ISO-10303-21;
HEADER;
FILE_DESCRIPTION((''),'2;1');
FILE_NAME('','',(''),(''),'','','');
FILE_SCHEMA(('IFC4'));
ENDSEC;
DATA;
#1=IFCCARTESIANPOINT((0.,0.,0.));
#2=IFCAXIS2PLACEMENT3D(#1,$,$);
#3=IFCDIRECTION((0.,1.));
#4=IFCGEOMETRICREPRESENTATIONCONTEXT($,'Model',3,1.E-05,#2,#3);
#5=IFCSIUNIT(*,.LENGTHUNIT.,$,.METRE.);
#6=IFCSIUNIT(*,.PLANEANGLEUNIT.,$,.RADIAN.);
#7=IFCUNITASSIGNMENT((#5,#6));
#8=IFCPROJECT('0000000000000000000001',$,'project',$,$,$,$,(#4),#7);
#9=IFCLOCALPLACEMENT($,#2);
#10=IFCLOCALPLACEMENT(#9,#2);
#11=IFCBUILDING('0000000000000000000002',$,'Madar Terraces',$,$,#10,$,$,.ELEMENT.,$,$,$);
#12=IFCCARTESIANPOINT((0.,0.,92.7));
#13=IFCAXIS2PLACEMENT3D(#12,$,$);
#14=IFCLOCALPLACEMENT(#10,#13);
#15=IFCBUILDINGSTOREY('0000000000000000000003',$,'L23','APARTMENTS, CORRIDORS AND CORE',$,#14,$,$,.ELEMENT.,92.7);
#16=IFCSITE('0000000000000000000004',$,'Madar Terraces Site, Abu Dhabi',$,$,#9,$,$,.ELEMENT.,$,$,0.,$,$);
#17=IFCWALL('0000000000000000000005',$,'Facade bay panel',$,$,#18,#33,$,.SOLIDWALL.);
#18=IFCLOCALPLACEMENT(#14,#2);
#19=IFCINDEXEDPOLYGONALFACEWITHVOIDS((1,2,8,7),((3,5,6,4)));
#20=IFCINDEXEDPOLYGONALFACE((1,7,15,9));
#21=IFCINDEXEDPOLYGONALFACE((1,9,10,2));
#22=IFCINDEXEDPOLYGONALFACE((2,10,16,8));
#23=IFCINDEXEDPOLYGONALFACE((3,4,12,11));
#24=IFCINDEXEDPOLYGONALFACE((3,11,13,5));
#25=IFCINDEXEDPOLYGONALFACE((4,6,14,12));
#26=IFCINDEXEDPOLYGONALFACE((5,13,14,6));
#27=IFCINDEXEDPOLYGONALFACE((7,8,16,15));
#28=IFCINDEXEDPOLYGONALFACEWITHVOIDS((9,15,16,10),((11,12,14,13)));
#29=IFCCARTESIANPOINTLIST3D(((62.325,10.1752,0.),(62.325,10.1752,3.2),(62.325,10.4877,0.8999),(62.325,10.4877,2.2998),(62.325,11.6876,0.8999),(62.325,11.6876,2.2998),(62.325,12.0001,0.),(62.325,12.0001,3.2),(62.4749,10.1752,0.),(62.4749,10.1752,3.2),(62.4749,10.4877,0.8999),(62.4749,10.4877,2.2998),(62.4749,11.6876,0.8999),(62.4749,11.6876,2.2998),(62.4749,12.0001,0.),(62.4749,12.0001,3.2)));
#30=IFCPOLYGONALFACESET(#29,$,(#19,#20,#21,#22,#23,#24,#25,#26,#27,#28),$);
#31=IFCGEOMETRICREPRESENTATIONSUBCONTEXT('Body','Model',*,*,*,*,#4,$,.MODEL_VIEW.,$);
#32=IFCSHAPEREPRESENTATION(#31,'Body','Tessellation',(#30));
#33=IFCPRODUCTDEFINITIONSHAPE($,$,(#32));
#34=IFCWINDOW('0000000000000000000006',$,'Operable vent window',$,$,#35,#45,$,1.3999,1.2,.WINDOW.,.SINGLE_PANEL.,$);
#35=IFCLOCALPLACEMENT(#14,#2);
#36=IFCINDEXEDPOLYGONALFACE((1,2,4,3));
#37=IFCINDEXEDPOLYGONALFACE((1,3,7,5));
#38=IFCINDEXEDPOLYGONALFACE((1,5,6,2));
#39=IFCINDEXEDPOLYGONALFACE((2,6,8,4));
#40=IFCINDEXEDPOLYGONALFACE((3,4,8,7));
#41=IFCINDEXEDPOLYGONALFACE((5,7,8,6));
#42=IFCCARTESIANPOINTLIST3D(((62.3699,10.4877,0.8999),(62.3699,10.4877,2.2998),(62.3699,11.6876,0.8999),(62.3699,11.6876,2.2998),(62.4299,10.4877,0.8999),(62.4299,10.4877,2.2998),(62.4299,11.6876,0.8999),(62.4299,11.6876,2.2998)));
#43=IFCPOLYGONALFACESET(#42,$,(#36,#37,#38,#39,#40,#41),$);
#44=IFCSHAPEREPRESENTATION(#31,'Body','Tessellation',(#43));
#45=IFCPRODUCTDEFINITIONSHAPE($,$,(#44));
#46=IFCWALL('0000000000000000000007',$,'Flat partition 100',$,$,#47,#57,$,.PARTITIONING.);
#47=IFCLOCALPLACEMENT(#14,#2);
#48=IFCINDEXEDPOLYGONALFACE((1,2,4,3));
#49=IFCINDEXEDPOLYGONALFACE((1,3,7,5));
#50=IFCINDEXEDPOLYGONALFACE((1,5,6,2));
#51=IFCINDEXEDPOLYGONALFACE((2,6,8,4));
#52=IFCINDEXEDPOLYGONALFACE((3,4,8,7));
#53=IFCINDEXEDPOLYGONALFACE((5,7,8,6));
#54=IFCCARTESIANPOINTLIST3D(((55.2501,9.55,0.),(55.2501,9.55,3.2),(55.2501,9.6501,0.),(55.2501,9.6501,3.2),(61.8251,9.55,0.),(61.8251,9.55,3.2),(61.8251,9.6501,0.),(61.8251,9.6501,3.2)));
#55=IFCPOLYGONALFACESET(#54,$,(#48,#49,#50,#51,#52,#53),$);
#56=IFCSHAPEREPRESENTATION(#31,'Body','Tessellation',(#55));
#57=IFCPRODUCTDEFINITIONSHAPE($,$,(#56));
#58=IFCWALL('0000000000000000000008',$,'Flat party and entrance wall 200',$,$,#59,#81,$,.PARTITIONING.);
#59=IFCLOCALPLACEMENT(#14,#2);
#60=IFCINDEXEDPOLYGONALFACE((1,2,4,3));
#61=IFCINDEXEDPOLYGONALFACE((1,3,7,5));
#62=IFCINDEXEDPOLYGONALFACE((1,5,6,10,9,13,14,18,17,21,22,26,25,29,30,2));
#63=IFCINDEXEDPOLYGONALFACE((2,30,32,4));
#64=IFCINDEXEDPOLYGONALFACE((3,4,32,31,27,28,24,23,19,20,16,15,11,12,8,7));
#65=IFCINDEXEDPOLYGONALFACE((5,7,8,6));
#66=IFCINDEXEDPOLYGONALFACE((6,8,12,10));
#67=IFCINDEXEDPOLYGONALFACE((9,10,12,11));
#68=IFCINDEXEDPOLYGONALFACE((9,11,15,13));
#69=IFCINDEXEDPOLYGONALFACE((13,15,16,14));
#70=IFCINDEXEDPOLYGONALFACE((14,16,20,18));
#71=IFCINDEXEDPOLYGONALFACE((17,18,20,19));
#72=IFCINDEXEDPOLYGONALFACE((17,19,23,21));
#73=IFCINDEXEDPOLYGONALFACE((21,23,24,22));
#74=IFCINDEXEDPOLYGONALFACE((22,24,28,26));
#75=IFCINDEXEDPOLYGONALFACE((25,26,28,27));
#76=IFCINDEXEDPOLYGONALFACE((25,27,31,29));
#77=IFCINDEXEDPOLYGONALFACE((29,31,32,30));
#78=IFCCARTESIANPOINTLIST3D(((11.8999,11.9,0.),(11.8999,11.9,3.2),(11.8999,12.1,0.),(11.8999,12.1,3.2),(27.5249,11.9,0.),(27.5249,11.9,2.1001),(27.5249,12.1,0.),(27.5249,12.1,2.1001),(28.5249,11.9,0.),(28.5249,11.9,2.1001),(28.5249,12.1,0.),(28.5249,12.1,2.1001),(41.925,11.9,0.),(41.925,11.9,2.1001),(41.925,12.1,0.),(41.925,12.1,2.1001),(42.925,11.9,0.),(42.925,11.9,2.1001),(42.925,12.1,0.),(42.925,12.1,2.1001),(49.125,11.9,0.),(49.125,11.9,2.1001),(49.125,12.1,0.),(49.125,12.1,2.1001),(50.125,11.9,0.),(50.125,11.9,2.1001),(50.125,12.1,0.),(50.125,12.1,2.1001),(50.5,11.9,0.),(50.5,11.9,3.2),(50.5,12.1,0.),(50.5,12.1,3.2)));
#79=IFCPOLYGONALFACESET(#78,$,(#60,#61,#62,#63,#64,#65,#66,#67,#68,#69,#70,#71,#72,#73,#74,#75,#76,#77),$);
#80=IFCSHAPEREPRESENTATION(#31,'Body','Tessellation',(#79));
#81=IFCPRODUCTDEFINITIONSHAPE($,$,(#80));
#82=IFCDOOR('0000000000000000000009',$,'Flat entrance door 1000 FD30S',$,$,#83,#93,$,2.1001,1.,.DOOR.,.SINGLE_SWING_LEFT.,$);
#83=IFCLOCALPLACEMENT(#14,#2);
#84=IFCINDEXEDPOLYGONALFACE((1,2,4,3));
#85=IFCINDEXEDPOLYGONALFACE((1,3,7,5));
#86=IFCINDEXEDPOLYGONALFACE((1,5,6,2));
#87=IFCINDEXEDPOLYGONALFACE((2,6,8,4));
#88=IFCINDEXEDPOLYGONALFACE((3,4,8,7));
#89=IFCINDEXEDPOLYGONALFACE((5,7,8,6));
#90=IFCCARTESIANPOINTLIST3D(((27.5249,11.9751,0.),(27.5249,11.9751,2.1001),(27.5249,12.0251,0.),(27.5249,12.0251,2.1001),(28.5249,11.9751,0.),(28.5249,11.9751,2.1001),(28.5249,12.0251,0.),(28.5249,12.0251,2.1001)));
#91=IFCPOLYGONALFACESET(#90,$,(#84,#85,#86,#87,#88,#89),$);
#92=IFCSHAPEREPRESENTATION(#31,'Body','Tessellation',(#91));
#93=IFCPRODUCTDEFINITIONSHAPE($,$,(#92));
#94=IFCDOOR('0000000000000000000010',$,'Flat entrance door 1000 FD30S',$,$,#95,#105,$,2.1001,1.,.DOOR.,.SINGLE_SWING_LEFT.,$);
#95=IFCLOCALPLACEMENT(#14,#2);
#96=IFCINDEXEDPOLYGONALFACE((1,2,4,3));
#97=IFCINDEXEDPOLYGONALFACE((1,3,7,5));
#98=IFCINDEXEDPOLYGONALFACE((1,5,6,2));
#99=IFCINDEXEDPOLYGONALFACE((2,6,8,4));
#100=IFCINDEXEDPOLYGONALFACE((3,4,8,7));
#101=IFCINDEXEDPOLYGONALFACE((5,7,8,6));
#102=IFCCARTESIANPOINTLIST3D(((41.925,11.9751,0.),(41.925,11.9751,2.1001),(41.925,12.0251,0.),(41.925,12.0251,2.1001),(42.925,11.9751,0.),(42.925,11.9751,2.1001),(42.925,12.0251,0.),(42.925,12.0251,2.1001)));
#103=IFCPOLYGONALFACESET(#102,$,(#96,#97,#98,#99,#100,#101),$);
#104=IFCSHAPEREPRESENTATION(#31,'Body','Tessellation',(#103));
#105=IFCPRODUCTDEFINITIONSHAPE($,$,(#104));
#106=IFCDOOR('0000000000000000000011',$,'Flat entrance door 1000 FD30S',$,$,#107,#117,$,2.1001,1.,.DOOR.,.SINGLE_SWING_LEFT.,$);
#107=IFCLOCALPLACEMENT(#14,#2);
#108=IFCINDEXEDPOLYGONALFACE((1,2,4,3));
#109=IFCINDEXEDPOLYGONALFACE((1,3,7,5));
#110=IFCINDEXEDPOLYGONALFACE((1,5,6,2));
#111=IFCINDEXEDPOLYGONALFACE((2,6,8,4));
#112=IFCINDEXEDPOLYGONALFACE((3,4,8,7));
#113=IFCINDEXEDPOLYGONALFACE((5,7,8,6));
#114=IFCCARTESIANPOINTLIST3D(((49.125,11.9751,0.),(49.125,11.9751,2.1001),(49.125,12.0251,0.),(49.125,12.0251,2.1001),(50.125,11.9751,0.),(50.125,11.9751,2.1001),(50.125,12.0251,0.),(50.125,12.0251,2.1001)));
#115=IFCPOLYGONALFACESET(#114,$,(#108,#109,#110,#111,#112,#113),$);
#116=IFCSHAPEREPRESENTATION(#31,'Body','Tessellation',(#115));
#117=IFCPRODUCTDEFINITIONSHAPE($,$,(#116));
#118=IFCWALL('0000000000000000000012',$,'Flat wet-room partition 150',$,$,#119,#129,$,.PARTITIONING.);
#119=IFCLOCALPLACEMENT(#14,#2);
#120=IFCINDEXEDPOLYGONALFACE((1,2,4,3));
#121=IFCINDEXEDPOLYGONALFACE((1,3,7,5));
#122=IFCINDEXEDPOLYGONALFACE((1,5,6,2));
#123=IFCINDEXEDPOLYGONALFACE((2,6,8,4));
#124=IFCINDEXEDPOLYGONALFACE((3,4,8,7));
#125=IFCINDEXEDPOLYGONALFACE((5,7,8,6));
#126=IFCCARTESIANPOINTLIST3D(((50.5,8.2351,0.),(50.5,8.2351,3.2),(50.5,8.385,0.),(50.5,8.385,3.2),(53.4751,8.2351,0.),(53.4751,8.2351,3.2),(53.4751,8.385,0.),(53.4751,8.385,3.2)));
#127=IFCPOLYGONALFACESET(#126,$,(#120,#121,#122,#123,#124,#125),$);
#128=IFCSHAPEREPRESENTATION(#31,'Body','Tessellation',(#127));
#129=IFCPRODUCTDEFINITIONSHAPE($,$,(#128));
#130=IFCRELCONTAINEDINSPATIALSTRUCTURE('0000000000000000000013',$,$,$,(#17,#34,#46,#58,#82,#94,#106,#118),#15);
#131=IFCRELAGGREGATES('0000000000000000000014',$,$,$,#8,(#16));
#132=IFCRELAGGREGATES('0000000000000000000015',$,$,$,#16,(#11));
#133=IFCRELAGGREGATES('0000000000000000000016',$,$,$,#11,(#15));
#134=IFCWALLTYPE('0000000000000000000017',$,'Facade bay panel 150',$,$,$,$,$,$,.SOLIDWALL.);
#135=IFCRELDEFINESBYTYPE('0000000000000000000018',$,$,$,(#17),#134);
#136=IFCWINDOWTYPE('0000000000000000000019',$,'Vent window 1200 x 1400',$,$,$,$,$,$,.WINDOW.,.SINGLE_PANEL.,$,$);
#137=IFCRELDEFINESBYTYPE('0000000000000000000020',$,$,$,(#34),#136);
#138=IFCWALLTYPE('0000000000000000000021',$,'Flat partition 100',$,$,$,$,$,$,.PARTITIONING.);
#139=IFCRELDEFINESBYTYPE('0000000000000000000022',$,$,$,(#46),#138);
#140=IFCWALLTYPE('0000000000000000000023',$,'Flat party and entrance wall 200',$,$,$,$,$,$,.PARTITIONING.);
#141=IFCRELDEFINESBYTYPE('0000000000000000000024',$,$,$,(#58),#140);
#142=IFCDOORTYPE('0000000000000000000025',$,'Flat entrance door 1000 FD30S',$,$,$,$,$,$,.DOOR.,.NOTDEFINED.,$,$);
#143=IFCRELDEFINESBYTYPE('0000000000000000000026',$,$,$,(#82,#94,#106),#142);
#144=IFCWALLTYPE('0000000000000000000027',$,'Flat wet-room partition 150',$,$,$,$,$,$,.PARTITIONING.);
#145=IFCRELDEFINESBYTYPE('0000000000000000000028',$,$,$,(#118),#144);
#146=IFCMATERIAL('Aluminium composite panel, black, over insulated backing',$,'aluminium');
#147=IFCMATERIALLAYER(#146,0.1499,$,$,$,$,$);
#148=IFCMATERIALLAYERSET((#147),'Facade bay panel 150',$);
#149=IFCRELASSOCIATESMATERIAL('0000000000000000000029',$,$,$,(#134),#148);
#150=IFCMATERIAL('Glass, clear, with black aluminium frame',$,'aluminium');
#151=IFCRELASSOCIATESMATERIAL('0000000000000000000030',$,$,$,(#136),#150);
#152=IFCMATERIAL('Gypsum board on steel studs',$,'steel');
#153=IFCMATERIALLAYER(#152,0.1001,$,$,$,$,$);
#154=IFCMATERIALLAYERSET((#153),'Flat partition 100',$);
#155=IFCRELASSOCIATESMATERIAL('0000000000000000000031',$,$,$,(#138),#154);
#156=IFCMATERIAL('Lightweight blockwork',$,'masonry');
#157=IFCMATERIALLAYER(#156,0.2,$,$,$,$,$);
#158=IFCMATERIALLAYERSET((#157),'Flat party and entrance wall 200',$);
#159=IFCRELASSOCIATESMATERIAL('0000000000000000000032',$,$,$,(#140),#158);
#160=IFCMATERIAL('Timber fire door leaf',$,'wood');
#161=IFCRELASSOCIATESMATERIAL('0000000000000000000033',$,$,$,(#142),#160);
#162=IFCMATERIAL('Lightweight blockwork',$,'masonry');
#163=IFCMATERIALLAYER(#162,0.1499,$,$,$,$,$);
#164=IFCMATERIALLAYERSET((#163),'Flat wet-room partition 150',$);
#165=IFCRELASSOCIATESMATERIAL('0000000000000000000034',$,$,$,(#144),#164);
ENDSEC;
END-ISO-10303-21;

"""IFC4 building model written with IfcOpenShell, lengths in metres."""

from ifc_helpers import new_model, si_unit, direction, frame, frame_2d, origin, place, context, subcontext, project, spatial, rectangle, extrude, material, layer, layer_set, type_object, element, fill, save


model = new_model("IFC4")

# Units and contexts
model_context = context("Model", 3, precision=1e-05, world=origin(), true_north=direction((0.0, 1.0)))
body_context = subcontext(model_context, "Body", "Model", "MODEL_VIEW")
ifc_project = project(units=[si_unit("LENGTHUNIT", "METRE"), si_unit("PLANEANGLEUNIT", "RADIAN")], contexts=[model_context])

# Site, building, storey
site_placement = place(None, origin())
site = spatial("IfcSite", under=ifc_project, at=site_placement, Name="Madar Terraces Site, Abu Dhabi", CompositionType="ELEMENT", RefElevation=0.0)
building_placement = place(site_placement, origin())
building = spatial("IfcBuilding", under=site, at=building_placement, Name="Madar Terraces", CompositionType="ELEMENT")
storey_placement = place(building_placement, frame((0.0, 0.0, 92.7)))
storey = spatial("IfcBuildingStorey", under=building, at=storey_placement, Name="L23", Description="APARTMENTS, CORRIDORS AND CORE", CompositionType="ELEMENT", Elevation=92.7)

# Wall, opening, window
ifc_material_1 = material(Name="Aluminium composite panel, black, over insulated backing", Category="aluminium")
ifc_layer_1 = layer(ifc_material_1, 0.1499)
ifc_layer_set_1 = layer_set([ifc_layer_1], Name="Facade bay panel 150")
wall_type_1 = type_object("IfcWallType", Name="Facade bay panel 150", PredefinedType="SOLIDWALL", material=ifc_layer_set_1)
wall_1_placement = place(storey_placement, frame((62.3999, 10.175, 0.0), z_axis=(0.0, 0.0, 1.0), x_axis=(0.0, 1.0, 0.0)))
wall_1 = element("IfcWall", 1, at=wall_1_placement, inside=storey, type_object=wall_type_1, Name="Facade bay panel", PredefinedType="SOLIDWALL", context=body_context, shape_type="SweptSolid", body=[
    extrude(rectangle(XDim=1.825, YDim=0.1499, at=frame_2d((0.9126, 0.0))), origin(), (0.0, 0.0, 1.0), 3.2),
])
opening_1_placement = place(wall_1_placement, frame((0.3125, 0.0, 0.8999)))
opening_1 = element("IfcOpeningElement", 2, at=opening_1_placement, cuts=wall_1, PredefinedType="OPENING", context=body_context, shape_type="SweptSolid", body=[
    extrude(rectangle(XDim=1.2, YDim=1.3999, at=frame_2d((0.6001, 0.7))), frame((0.0, 0.085, 0.0), z_axis=(0.0, -1.0, 0.0), x_axis=(1.0, 0.0, 0.0)), (0.0, 0.0, 1.0), 0.1699),
])
ifc_material_2 = material(Name="Glass, clear, with black aluminium frame", Category="aluminium")
window_type = type_object("IfcWindowType", Name="Vent window 1200 x 1400", PartitioningType="SINGLE_PANEL", PredefinedType="WINDOW", material=ifc_material_2)
window_placement = place(opening_1_placement, origin())
window = element("IfcWindow", 3, at=window_placement, inside=storey, type_object=window_type, Name="Operable vent window", OverallHeight=1.3999, OverallWidth=1.2, PartitioningType="SINGLE_PANEL", PredefinedType="WINDOW", context=body_context, shape_type="SweptSolid", body=[
    extrude(rectangle(XDim=1.2, YDim=1.3999, at=frame_2d((0.6001, 0.7))), frame((0.0, 0.03, 0.0), z_axis=(0.0, -1.0, 0.0), x_axis=(1.0, 0.0, 0.0)), (0.0, 0.0, 1.0), 0.0601),
])
fill(opening_1, window)

# Wall
ifc_material_3 = material(Name="Gypsum board on steel studs", Category="steel")
ifc_layer_2 = layer(ifc_material_3, 0.1001)
ifc_layer_set_2 = layer_set([ifc_layer_2], Name="Flat partition 100")
wall_type_2 = type_object("IfcWallType", Name="Flat partition 100", PredefinedType="PARTITIONING", material=ifc_layer_set_2)
wall_2_placement = place(storey_placement, frame((55.25, 9.6001, 0.0), z_axis=(0.0, 0.0, 1.0), x_axis=(1.0, 0.0, 0.0)))
element("IfcWall", 4, at=wall_2_placement, inside=storey, type_object=wall_type_2, Name="Flat partition 100", PredefinedType="PARTITIONING", context=body_context, shape_type="SweptSolid", body=[
    extrude(rectangle(XDim=6.575, YDim=0.1001, at=frame_2d((3.2876, 0.0))), origin(), (0.0, 0.0, 1.0), 3.2),
])

# Wall, openings, doors
ifc_material_4 = material(Name="Lightweight blockwork", Category="masonry")
ifc_layer_3 = layer(ifc_material_4, 0.2)
ifc_layer_set_3 = layer_set([ifc_layer_3], Name="Flat party and entrance wall 200")
wall_type_3 = type_object("IfcWallType", Name="Flat party and entrance wall 200", PredefinedType="PARTITIONING", material=ifc_layer_set_3)
wall_3_placement = place(storey_placement, frame((50.5, 12.0, 0.0), z_axis=(0.0, 0.0, 1.0), x_axis=(-1.0, 0.0, 0.0)))
wall_3 = element("IfcWall", 5, at=wall_3_placement, inside=storey, type_object=wall_type_3, Name="Flat party and entrance wall 200", PredefinedType="PARTITIONING", context=body_context, shape_type="SweptSolid", body=[
    extrude(rectangle(XDim=38.6001, YDim=0.2, at=frame_2d((19.3, 0.0))), origin(), (0.0, 0.0, 1.0), 3.2),
])
opening_2_placement = place(wall_3_placement, frame((21.9751, 0.0, 0.0)))
opening_2 = element("IfcOpeningElement", 6, at=opening_2_placement, cuts=wall_3, PredefinedType="OPENING", context=body_context, shape_type="SweptSolid", body=[
    extrude(rectangle(XDim=1.0, YDim=2.1001, at=frame_2d((0.5, 1.05))), frame((0.0, 0.1099, 0.0), z_axis=(0.0, -1.0, 0.0), x_axis=(1.0, 0.0, 0.0)), (0.0, 0.0, 1.0), 0.22),
])
opening_3_placement = place(wall_3_placement, frame((7.575, 0.0, 0.0)))
opening_3 = element("IfcOpeningElement", 7, at=opening_3_placement, cuts=wall_3, PredefinedType="OPENING", context=body_context, shape_type="SweptSolid", body=[
    extrude(rectangle(XDim=1.0, YDim=2.1001, at=frame_2d((0.5, 1.05))), frame((0.0, 0.1099, 0.0), z_axis=(0.0, -1.0, 0.0), x_axis=(1.0, 0.0, 0.0)), (0.0, 0.0, 1.0), 0.22),
])
opening_4_placement = place(wall_3_placement, frame((0.375, 0.0, 0.0)))
opening_4 = element("IfcOpeningElement", 8, at=opening_4_placement, cuts=wall_3, PredefinedType="OPENING", context=body_context, shape_type="SweptSolid", body=[
    extrude(rectangle(XDim=1.0, YDim=2.1001, at=frame_2d((0.5, 1.05))), frame((0.0, 0.1099, 0.0), z_axis=(0.0, -1.0, 0.0), x_axis=(1.0, 0.0, 0.0)), (0.0, 0.0, 1.0), 0.22),
])
ifc_material_5 = material(Name="Timber fire door leaf", Category="wood")
door_type_1 = type_object("IfcDoorType", Name="Flat entrance door 1000 FD30S", OperationType="NOTDEFINED", PredefinedType="DOOR", material=ifc_material_5)
door_1_placement = place(opening_2_placement, origin())
door_1 = element("IfcDoor", 9, at=door_1_placement, inside=storey, type_object=door_type_1, Name="Flat entrance door 1000 FD30S", OperationType="SINGLE_SWING_LEFT", OverallHeight=2.1001, OverallWidth=1.0, PredefinedType="DOOR", context=body_context, shape_type="SweptSolid", body=[
    extrude(rectangle(XDim=1.0, YDim=2.1001, at=frame_2d((0.5, 1.05))), frame((0.0, 0.0249, 0.0), z_axis=(0.0, -1.0, 0.0), x_axis=(1.0, 0.0, 0.0)), (0.0, 0.0, 1.0), 0.05),
])
fill(opening_2, door_1)
door_2_placement = place(opening_3_placement, origin())
door_2 = element("IfcDoor", 10, at=door_2_placement, inside=storey, type_object=door_type_1, Name="Flat entrance door 1000 FD30S", OperationType="SINGLE_SWING_LEFT", OverallHeight=2.1001, OverallWidth=1.0, PredefinedType="DOOR", context=body_context, shape_type="SweptSolid", body=[
    extrude(rectangle(XDim=1.0, YDim=2.1001, at=frame_2d((0.5, 1.05))), frame((0.0, 0.0249, 0.0), z_axis=(0.0, -1.0, 0.0), x_axis=(1.0, 0.0, 0.0)), (0.0, 0.0, 1.0), 0.05),
])
fill(opening_3, door_2)
door_3_placement = place(opening_4_placement, origin())
door_3 = element("IfcDoor", 11, at=door_3_placement, inside=storey, type_object=door_type_1, Name="Flat entrance door 1000 FD30S", OperationType="SINGLE_SWING_LEFT", OverallHeight=2.1001, OverallWidth=1.0, PredefinedType="DOOR", context=body_context, shape_type="SweptSolid", body=[
    extrude(rectangle(XDim=1.0, YDim=2.1001, at=frame_2d((0.5, 1.05))), frame((0.0, 0.0249, 0.0), z_axis=(0.0, -1.0, 0.0), x_axis=(1.0, 0.0, 0.0)), (0.0, 0.0, 1.0), 0.05),
])
fill(opening_4, door_3)

# Wall
ifc_material_6 = material(Name="Lightweight blockwork", Category="masonry")
ifc_layer_4 = layer(ifc_material_6, 0.1499)
ifc_layer_set_4 = layer_set([ifc_layer_4], Name="Flat wet-room partition 150")
wall_type_4 = type_object("IfcWallType", Name="Flat wet-room partition 150", PredefinedType="PARTITIONING", material=ifc_layer_set_4)
wall_4_placement = place(storey_placement, frame((50.5, 8.3101, 0.0), z_axis=(0.0, 0.0, 1.0), x_axis=(1.0, 0.0, 0.0)))
element("IfcWall", 12, at=wall_4_placement, inside=storey, type_object=wall_type_4, Name="Flat wet-room partition 150", PredefinedType="PARTITIONING", context=body_context, shape_type="SweptSolid", body=[
    extrude(rectangle(XDim=2.9751, YDim=0.1499, at=frame_2d((1.4875, 0.0))), origin(), (0.0, 0.0, 1.0), 3.2),
])

save(model, "model.ifc")
